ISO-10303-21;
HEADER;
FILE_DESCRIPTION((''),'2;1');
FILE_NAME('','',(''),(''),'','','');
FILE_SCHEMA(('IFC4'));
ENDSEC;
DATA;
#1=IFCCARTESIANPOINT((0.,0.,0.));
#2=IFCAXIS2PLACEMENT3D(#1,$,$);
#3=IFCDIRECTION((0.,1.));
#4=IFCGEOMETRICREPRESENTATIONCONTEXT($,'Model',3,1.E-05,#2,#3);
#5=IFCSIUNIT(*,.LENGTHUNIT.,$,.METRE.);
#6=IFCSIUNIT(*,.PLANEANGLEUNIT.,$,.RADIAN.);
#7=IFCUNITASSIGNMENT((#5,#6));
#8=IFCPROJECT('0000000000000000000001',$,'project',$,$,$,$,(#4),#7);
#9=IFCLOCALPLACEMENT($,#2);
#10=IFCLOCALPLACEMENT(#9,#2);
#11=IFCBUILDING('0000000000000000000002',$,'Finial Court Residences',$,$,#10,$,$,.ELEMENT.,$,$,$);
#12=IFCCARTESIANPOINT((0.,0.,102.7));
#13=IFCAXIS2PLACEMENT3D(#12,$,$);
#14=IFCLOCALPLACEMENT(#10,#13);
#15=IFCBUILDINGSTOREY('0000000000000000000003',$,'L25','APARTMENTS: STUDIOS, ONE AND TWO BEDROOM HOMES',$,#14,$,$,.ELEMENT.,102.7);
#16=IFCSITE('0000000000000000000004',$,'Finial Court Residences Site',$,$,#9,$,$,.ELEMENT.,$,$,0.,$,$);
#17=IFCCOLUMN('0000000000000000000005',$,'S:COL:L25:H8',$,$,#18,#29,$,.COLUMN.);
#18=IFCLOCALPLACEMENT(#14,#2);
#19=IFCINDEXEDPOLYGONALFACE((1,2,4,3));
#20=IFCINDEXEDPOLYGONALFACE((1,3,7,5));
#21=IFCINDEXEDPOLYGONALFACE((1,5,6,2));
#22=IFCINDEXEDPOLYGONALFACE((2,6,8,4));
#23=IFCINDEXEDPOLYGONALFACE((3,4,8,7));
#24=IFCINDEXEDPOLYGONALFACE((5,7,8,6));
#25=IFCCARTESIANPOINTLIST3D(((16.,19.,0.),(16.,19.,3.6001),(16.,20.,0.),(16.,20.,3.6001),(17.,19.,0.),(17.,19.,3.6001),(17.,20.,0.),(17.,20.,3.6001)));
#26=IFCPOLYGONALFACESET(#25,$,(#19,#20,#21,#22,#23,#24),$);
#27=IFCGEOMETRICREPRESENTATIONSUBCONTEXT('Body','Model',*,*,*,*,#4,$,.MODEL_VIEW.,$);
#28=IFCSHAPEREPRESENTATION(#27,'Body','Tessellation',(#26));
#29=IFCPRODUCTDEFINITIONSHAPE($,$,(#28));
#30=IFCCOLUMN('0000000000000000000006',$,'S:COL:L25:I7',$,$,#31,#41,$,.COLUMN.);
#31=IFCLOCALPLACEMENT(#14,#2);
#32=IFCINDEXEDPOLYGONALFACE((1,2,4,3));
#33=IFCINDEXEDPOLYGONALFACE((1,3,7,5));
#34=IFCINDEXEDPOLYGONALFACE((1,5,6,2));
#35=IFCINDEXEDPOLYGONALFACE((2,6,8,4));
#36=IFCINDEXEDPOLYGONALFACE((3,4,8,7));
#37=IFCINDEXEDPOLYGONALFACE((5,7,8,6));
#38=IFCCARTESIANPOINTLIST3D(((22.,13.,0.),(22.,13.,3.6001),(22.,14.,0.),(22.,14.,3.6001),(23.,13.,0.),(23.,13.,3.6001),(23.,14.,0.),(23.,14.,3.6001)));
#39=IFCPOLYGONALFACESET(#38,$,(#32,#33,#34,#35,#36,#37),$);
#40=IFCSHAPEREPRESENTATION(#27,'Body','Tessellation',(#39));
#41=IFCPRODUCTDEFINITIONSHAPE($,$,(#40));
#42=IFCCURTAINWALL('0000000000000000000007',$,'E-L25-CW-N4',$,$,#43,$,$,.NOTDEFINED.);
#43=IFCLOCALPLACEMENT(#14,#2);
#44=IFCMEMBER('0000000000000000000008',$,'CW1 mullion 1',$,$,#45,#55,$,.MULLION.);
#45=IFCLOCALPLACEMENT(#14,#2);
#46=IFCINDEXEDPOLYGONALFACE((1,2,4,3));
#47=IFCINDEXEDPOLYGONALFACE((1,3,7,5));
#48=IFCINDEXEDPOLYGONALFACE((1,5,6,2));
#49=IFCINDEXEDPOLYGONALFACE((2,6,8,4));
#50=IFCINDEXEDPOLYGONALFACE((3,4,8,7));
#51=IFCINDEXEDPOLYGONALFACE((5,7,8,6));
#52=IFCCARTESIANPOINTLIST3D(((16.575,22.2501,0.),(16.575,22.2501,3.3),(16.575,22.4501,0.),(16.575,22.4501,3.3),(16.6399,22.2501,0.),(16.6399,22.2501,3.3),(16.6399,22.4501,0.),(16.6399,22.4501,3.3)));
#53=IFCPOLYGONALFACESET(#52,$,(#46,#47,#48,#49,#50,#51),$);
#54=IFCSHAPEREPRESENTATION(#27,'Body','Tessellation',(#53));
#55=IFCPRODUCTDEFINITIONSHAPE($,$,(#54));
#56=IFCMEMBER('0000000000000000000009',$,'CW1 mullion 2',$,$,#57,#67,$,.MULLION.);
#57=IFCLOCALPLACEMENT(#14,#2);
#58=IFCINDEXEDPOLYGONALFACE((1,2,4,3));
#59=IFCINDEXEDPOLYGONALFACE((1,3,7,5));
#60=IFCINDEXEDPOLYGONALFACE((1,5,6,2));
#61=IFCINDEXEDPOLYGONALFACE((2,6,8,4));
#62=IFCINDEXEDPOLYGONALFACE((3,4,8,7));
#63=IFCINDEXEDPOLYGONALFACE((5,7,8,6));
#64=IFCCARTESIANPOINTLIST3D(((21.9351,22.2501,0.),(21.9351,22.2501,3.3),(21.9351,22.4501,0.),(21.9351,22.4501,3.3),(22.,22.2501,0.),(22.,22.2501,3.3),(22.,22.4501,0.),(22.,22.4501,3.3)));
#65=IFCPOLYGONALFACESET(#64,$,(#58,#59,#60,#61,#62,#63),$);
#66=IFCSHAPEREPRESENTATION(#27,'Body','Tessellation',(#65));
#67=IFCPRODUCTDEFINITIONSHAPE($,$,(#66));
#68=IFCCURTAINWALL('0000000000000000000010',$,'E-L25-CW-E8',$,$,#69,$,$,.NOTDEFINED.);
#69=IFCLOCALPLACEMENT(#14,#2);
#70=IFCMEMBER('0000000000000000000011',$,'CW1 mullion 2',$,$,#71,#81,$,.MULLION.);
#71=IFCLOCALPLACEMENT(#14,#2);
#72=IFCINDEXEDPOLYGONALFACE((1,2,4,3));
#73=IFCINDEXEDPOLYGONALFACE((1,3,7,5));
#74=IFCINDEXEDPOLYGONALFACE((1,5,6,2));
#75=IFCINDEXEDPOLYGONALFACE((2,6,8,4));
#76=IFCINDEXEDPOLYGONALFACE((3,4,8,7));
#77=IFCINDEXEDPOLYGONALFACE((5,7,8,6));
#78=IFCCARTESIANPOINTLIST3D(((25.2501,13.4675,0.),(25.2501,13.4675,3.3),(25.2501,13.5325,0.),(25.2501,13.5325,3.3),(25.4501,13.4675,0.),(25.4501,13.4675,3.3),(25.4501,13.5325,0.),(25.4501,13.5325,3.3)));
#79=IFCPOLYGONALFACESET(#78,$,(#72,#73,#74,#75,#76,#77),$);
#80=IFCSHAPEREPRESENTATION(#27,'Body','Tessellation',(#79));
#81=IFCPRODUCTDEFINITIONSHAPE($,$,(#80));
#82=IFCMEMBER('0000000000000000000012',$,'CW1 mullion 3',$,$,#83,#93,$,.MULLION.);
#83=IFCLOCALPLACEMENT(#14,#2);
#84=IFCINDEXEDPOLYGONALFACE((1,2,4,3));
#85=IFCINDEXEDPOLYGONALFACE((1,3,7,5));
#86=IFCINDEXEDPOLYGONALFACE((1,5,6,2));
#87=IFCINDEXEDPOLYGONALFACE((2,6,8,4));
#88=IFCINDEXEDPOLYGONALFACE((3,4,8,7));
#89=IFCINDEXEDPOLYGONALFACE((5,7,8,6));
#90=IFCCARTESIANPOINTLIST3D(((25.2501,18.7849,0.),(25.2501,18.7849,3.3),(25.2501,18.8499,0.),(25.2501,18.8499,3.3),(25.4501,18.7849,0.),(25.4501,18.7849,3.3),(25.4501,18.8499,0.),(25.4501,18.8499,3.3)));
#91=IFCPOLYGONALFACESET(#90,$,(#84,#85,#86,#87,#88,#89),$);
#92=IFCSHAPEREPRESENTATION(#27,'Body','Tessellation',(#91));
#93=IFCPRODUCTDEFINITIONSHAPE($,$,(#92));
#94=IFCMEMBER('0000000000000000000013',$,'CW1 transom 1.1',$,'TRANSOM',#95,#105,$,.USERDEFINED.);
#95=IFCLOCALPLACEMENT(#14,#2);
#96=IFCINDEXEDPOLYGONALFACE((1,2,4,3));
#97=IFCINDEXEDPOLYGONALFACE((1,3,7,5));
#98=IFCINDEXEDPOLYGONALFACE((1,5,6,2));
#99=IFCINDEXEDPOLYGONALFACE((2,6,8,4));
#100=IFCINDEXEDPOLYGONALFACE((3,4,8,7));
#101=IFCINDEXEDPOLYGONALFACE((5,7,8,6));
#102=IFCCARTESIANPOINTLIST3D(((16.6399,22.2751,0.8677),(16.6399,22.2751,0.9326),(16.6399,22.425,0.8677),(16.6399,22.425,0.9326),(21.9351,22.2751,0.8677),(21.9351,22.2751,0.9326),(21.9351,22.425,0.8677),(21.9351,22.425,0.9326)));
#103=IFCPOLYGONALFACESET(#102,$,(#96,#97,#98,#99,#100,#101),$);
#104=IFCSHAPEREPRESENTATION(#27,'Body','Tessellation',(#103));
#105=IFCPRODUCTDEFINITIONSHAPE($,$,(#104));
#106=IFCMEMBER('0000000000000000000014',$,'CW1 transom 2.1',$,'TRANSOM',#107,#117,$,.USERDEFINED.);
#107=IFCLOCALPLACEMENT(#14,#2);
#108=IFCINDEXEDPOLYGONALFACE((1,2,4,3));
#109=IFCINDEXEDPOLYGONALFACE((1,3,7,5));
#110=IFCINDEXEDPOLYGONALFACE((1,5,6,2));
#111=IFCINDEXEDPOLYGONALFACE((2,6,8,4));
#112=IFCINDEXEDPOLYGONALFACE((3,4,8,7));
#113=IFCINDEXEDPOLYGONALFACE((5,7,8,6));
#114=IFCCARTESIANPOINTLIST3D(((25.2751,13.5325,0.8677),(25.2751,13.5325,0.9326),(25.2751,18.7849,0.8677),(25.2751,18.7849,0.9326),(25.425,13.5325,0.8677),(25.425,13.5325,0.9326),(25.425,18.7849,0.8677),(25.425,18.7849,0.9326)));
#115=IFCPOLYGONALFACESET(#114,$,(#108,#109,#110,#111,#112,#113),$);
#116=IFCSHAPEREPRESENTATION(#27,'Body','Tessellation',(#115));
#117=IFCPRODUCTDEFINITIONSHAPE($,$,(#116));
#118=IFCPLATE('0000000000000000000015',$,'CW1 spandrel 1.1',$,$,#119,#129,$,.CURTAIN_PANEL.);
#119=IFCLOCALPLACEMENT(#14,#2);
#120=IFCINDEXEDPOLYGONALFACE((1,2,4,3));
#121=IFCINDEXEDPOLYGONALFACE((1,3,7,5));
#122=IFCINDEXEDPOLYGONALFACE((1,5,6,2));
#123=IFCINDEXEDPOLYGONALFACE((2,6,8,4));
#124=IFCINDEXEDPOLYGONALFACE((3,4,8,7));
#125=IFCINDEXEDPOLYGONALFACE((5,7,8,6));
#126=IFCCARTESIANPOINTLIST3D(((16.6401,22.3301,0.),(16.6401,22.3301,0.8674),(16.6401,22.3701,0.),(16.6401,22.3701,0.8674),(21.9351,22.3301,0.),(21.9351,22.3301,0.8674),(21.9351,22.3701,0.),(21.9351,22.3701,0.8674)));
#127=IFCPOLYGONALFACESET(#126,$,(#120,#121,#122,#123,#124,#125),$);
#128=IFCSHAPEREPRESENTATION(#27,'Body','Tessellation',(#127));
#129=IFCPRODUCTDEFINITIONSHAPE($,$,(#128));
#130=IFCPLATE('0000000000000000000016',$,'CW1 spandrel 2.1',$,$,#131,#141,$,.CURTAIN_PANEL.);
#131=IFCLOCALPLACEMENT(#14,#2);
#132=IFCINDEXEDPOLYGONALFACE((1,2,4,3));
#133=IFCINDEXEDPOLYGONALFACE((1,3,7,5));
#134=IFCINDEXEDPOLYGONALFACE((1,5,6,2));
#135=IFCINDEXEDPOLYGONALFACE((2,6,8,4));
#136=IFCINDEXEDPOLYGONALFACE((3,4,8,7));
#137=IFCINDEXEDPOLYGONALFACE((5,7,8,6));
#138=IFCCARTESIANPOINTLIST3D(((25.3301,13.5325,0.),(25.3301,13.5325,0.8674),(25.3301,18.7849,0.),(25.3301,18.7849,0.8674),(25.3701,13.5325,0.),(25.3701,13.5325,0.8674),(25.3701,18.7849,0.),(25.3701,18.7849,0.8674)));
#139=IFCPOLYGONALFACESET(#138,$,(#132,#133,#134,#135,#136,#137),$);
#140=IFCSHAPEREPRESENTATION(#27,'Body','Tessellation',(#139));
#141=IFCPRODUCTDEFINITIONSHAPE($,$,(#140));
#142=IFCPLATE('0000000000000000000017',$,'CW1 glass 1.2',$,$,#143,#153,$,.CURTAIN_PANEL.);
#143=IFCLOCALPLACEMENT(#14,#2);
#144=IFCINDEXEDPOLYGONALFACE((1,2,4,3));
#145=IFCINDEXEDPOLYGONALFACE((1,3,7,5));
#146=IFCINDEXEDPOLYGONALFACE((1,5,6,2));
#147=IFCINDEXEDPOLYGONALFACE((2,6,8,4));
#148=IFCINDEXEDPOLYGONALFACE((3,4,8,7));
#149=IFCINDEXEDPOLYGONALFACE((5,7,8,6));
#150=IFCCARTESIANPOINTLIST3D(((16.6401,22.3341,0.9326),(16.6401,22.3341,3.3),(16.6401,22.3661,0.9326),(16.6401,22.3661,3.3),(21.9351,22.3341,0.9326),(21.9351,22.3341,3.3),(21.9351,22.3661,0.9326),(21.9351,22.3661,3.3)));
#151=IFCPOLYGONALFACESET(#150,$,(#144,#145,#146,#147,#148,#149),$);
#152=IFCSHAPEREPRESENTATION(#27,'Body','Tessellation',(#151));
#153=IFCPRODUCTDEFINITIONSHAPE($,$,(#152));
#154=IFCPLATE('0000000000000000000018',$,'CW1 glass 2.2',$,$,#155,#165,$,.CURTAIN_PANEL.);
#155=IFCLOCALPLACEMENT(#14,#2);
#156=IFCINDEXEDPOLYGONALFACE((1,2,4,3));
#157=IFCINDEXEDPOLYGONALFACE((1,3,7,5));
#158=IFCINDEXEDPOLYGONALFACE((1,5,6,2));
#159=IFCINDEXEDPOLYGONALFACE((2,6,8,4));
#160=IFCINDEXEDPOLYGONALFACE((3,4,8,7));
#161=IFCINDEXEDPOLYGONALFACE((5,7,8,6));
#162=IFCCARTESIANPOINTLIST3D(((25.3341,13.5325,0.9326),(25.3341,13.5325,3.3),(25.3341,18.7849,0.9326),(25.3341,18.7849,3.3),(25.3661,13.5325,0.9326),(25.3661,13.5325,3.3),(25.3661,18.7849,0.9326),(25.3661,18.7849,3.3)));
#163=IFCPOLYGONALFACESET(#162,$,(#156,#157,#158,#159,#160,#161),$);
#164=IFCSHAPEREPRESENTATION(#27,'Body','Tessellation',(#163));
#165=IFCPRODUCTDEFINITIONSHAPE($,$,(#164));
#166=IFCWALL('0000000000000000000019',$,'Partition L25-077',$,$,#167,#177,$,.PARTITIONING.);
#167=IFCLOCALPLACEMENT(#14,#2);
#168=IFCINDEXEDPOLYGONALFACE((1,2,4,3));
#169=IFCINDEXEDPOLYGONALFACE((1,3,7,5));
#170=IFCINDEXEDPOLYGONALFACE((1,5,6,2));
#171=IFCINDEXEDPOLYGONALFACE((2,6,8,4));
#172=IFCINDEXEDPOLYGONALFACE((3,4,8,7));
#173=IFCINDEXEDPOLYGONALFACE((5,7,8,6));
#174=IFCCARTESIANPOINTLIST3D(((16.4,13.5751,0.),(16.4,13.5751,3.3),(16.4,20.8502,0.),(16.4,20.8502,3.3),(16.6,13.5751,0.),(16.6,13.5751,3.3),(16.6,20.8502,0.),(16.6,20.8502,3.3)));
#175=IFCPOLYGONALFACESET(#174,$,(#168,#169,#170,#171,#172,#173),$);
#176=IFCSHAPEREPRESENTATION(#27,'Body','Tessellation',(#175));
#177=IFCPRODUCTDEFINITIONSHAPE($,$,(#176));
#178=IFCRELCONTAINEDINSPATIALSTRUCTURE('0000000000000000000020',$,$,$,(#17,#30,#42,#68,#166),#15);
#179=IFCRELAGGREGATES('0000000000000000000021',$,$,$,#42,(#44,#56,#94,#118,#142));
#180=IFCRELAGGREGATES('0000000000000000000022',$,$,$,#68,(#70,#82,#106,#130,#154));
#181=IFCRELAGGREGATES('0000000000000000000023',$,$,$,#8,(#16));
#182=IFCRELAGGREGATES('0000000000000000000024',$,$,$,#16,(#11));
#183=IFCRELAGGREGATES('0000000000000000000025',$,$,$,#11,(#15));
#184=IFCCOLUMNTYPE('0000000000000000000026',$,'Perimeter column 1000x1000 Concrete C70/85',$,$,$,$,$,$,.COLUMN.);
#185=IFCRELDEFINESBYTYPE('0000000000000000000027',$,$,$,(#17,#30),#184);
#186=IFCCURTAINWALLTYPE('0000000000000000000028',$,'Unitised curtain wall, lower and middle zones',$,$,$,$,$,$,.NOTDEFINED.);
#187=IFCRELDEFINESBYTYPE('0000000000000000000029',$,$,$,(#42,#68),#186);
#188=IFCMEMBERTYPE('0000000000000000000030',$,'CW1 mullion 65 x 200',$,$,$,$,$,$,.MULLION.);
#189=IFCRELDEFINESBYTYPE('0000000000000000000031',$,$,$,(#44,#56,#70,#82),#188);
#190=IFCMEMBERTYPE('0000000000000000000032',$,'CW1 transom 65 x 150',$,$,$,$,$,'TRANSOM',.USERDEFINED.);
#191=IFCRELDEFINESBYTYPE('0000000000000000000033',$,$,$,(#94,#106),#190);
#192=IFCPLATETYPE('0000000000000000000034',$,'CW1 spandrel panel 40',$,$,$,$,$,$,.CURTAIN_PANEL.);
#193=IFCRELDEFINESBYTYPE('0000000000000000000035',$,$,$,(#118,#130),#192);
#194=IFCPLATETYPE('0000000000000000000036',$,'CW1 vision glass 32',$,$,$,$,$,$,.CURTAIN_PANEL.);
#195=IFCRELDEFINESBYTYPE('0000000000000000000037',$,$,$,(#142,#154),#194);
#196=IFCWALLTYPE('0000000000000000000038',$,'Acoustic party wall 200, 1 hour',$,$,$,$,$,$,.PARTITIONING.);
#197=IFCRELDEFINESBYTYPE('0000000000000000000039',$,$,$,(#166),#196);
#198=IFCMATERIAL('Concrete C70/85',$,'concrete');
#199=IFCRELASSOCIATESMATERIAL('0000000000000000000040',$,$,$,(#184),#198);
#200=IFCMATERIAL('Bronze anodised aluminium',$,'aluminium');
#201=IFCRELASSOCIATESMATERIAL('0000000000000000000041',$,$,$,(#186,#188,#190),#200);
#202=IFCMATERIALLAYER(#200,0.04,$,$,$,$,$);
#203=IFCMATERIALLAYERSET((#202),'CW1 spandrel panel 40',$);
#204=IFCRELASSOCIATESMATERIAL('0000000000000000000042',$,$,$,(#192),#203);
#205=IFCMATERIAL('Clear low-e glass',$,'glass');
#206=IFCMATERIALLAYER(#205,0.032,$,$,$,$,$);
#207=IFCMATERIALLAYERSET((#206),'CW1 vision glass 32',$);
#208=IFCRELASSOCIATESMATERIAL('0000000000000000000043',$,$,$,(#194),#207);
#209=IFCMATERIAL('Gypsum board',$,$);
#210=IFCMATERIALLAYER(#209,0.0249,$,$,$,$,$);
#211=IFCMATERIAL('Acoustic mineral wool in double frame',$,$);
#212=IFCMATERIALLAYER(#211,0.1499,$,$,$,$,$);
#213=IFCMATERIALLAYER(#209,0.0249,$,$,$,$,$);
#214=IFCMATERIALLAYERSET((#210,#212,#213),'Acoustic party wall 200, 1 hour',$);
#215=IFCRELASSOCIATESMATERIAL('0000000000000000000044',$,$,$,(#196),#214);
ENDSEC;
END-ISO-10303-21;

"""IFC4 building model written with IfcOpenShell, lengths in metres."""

from ifc_helpers import new_model, si_unit, direction, frame, frame_2d, origin, origin_2d, place, context, subcontext, project, spatial, rectangle, extrude, material, layer, layer_set, material_profile, profile_set, type_object, element, aggregate, save


model = new_model("IFC4")

# Units and contexts
model_context = context("Model", 3, precision=1e-05, world=origin(), true_north=direction((0.0, 1.0)))
body_context = subcontext(model_context, "Body", "Model", "MODEL_VIEW")
ifc_project = project(units=[si_unit("LENGTHUNIT", "METRE"), si_unit("PLANEANGLEUNIT", "RADIAN")], contexts=[model_context])

# Site, building, storey
site_placement = place(None, origin())
site = spatial("IfcSite", under=ifc_project, at=site_placement, Name="Finial Court Residences Site", CompositionType="ELEMENT", RefElevation=0.0)
building_placement = place(site_placement, origin())
building = spatial("IfcBuilding", under=site, at=building_placement, Name="Finial Court Residences", CompositionType="ELEMENT")
storey_placement = place(building_placement, frame((0.0, 0.0, 102.7)))
storey = spatial("IfcBuildingStorey", under=building, at=storey_placement, Name="L25", Description="APARTMENTS: STUDIOS, ONE AND TWO BEDROOM HOMES", CompositionType="ELEMENT", Elevation=102.7)

# Columns
ifc_material_1 = material(Name="Concrete C70/85", Category="concrete")
ifc_material_profile_1 = material_profile(ifc_material_1, rectangle(XDim=1.0, YDim=1.0, at=origin_2d()), Name="1000x1000")
ifc_profile_set_1 = profile_set([ifc_material_profile_1], Name="Concrete C70/85")
column_type = type_object("IfcColumnType", Name="Perimeter column 1000x1000 Concrete C70/85", PredefinedType="COLUMN", material=ifc_profile_set_1)
for number, where, z_axis, x_axis, name in (
    (1, (16.5, 19.5, 0.0), (0.0, 0.0, 1.0), (1.0, 0.0, 0.0), "S:COL:L25:H8"),
    (2, (22.5, 13.5, 0.0), (0.0, 0.0, 1.0), (1.0, 0.0, 0.0), "S:COL:L25:I7"),
):
    element("IfcColumn", number, at=place(storey_placement, frame(where, z_axis=z_axis, x_axis=x_axis)), inside=storey, type_object=column_type, Name=name, PredefinedType="COLUMN", context=body_context, shape_type="SweptSolid", body=[
        extrude(rectangle(XDim=1.0, YDim=1.0, at=origin_2d()), origin(), (0.0, 0.0, 1.0), 3.6001),
    ])

# Curtain walls, members
ifc_material_2 = material(Name="Bronze anodised aluminium", Category="aluminium")
curtain_wall_type = type_object("IfcCurtainWallType", Name="Unitised curtain wall, lower and middle zones", PredefinedType="NOTDEFINED", material=ifc_material_2)
curtain_wall_1_placement = place(storey_placement, origin())
curtain_wall_1 = element("IfcCurtainWall", 3, at=curtain_wall_1_placement, inside=storey, type_object=curtain_wall_type, Name="E-L25-CW-N4", PredefinedType="NOTDEFINED")
ifc_material_profile_2 = material_profile(ifc_material_2, rectangle(XDim=0.2, YDim=0.0649, at=origin_2d()), Name="CW1 mullion 65 x 200")
ifc_profile_set_2 = profile_set([ifc_material_profile_2], Name="Bronze anodised aluminium")
member_type_1 = type_object("IfcMemberType", Name="CW1 mullion 65 x 200", PredefinedType="MULLION", material=ifc_profile_set_2)
member_1_placement = place(storey_placement, frame((16.6074, 22.3501, 0.0), z_axis=(0.0, 0.0, 1.0), x_axis=(0.0, 1.0, 0.0)))
member_1 = element("IfcMember", 4, at=member_1_placement, type_object=member_type_1, Name="CW1 mullion 1", PredefinedType="MULLION", context=body_context, shape_type="SweptSolid", body=[
    extrude(rectangle(XDim=0.2, YDim=0.0649, at=origin_2d()), origin(), (0.0, 0.0, 1.0), 3.3),
])
member_2_placement = place(storey_placement, frame((21.9675, 22.3501, 0.0), z_axis=(0.0, 0.0, 1.0), x_axis=(0.0, 1.0, 0.0)))
member_2 = element("IfcMember", 5, at=member_2_placement, type_object=member_type_1, Name="CW1 mullion 2", PredefinedType="MULLION", context=body_context, shape_type="SweptSolid", body=[
    extrude(rectangle(XDim=0.2, YDim=0.0649, at=origin_2d()), origin(), (0.0, 0.0, 1.0), 3.3),
])
curtain_wall_2_placement = place(storey_placement, origin())
curtain_wall_2 = element("IfcCurtainWall", 6, at=curtain_wall_2_placement, inside=storey, type_object=curtain_wall_type, Name="E-L25-CW-E8", PredefinedType="NOTDEFINED")
member_3_placement = place(storey_placement, frame((25.3501, 13.5, 0.0), z_axis=(0.0, 0.0, 1.0), x_axis=(-1.0, 0.0, 0.0)))
member_3 = element("IfcMember", 7, at=member_3_placement, type_object=member_type_1, Name="CW1 mullion 2", PredefinedType="MULLION", context=body_context, shape_type="SweptSolid", body=[
    extrude(rectangle(XDim=0.2, YDim=0.0649, at=origin_2d()), origin(), (0.0, 0.0, 1.0), 3.3),
])
member_4_placement = place(storey_placement, frame((25.3501, 18.8174, 0.0), z_axis=(0.0, 0.0, 1.0), x_axis=(-1.0, 0.0, 0.0)))
member_4 = element("IfcMember", 8, at=member_4_placement, type_object=member_type_1, Name="CW1 mullion 3", PredefinedType="MULLION", context=body_context, shape_type="SweptSolid", body=[
    extrude(rectangle(XDim=0.2, YDim=0.0649, at=origin_2d()), origin(), (0.0, 0.0, 1.0), 3.3),
])

# Members
ifc_material_profile_3 = material_profile(ifc_material_2, rectangle(XDim=0.1499, YDim=0.0649, at=origin_2d()), Name="CW1 transom 65 x 150")
ifc_profile_set_3 = profile_set([ifc_material_profile_3], Name="Bronze anodised aluminium")
member_type_2 = type_object("IfcMemberType", Name="CW1 transom 65 x 150", ElementType="TRANSOM", PredefinedType="USERDEFINED", material=ifc_profile_set_3)
member_5_placement = place(storey_placement, frame((16.6399, 22.3501, 0.9001), z_axis=(1.0, 0.0, 0.0), x_axis=(0.0, 1.0, 0.0)))
member_5 = element("IfcMember", 9, at=member_5_placement, type_object=member_type_2, Name="CW1 transom 1.1", ObjectType="TRANSOM", PredefinedType="USERDEFINED", context=body_context, shape_type="SweptSolid", body=[
    extrude(rectangle(XDim=0.1499, YDim=0.0649, at=origin_2d()), origin(), (0.0, 0.0, 1.0), 5.2952),
])
member_6_placement = place(storey_placement, frame((25.3501, 13.5325, 0.9001), z_axis=(0.0, 1.0, 0.0), x_axis=(-1.0, 0.0, 0.0)))
member_6 = element("IfcMember", 10, at=member_6_placement, type_object=member_type_2, Name="CW1 transom 2.1", ObjectType="TRANSOM", PredefinedType="USERDEFINED", context=body_context, shape_type="SweptSolid", body=[
    extrude(rectangle(XDim=0.1499, YDim=0.0649, at=origin_2d()), origin(), (0.0, 0.0, 1.0), 5.2524),
])

# Plates
ifc_layer_1 = layer(ifc_material_2, 0.04)
ifc_layer_set_1 = layer_set([ifc_layer_1], Name="CW1 spandrel panel 40")
plate_type_1 = type_object("IfcPlateType", Name="CW1 spandrel panel 40", PredefinedType="CURTAIN_PANEL", material=ifc_layer_set_1)
plate_1_placement = place(storey_placement, frame((19.2876, 22.3501, 0.0), z_axis=(0.0, 0.0, 1.0), x_axis=(1.0, 0.0, 0.0)))
plate_1 = element("IfcPlate", 11, at=plate_1_placement, type_object=plate_type_1, Name="CW1 spandrel 1.1", PredefinedType="CURTAIN_PANEL", context=body_context, shape_type="SweptSolid", body=[
    extrude(rectangle(XDim=5.2949, YDim=0.04, at=origin_2d()), origin(), (0.0, 0.0, 1.0), 0.8674),
])
plate_2_placement = place(storey_placement, frame((25.3501, 16.1587, 0.0), z_axis=(0.0, 0.0, 1.0), x_axis=(0.0, 1.0, 0.0)))
plate_2 = element("IfcPlate", 12, at=plate_2_placement, type_object=plate_type_1, Name="CW1 spandrel 2.1", PredefinedType="CURTAIN_PANEL", context=body_context, shape_type="SweptSolid", body=[
    extrude(rectangle(XDim=5.2524, YDim=0.04, at=origin_2d()), origin(), (0.0, 0.0, 1.0), 0.8674),
])
ifc_material_3 = material(Name="Clear low-e glass", Category="glass")
ifc_layer_2 = layer(ifc_material_3, 0.032)
ifc_layer_set_2 = layer_set([ifc_layer_2], Name="CW1 vision glass 32")
plate_type_2 = type_object("IfcPlateType", Name="CW1 vision glass 32", PredefinedType="CURTAIN_PANEL", material=ifc_layer_set_2)
plate_3_placement = place(storey_placement, frame((19.2876, 22.3501, 0.9326), z_axis=(0.0, 0.0, 1.0), x_axis=(1.0, 0.0, 0.0)))
plate_3 = element("IfcPlate", 13, at=plate_3_placement, type_object=plate_type_2, Name="CW1 glass 1.2", PredefinedType="CURTAIN_PANEL", context=body_context, shape_type="SweptSolid", body=[
    extrude(rectangle(XDim=5.2949, YDim=0.032, at=origin_2d()), origin(), (0.0, 0.0, 1.0), 2.3674),
])
aggregate(curtain_wall_1, [member_1, member_2, member_5, plate_1, plate_3])
plate_4_placement = place(storey_placement, frame((25.3501, 16.1587, 0.9326), z_axis=(0.0, 0.0, 1.0), x_axis=(0.0, 1.0, 0.0)))
plate_4 = element("IfcPlate", 14, at=plate_4_placement, type_object=plate_type_2, Name="CW1 glass 2.2", PredefinedType="CURTAIN_PANEL", context=body_context, shape_type="SweptSolid", body=[
    extrude(rectangle(XDim=5.2524, YDim=0.032, at=origin_2d()), origin(), (0.0, 0.0, 1.0), 2.3674),
])
aggregate(curtain_wall_2, [member_3, member_4, member_6, plate_2, plate_4])

# Wall
ifc_material_4 = material(Name="Gypsum board")
ifc_layer_3 = layer(ifc_material_4, 0.0249)
ifc_material_5 = material(Name="Acoustic mineral wool in double frame")
ifc_layer_4 = layer(ifc_material_5, 0.1499)
ifc_layer_5 = layer(ifc_material_4, 0.0249)
ifc_layer_set_3 = layer_set([ifc_layer_3, ifc_layer_4, ifc_layer_5], Name="Acoustic party wall 200, 1 hour")
wall_type_1 = type_object("IfcWallType", Name="Acoustic party wall 200, 1 hour", PredefinedType="PARTITIONING", material=ifc_layer_set_3)
wall_1_placement = place(storey_placement, frame((16.5, 13.575, 0.0), z_axis=(0.0, 0.0, 1.0), x_axis=(0.0, 1.0, 0.0)))
element("IfcWall", 15, at=wall_1_placement, inside=storey, type_object=wall_type_1, Name="Partition L25-077", PredefinedType="PARTITIONING", context=body_context, shape_type="SweptSolid", body=[
    extrude(rectangle(XDim=7.2751, YDim=0.2, at=frame_2d((3.6377, 0.0))), origin(), (0.0, 0.0, 1.0), 3.3),
])

save(model, "model.ifc")
